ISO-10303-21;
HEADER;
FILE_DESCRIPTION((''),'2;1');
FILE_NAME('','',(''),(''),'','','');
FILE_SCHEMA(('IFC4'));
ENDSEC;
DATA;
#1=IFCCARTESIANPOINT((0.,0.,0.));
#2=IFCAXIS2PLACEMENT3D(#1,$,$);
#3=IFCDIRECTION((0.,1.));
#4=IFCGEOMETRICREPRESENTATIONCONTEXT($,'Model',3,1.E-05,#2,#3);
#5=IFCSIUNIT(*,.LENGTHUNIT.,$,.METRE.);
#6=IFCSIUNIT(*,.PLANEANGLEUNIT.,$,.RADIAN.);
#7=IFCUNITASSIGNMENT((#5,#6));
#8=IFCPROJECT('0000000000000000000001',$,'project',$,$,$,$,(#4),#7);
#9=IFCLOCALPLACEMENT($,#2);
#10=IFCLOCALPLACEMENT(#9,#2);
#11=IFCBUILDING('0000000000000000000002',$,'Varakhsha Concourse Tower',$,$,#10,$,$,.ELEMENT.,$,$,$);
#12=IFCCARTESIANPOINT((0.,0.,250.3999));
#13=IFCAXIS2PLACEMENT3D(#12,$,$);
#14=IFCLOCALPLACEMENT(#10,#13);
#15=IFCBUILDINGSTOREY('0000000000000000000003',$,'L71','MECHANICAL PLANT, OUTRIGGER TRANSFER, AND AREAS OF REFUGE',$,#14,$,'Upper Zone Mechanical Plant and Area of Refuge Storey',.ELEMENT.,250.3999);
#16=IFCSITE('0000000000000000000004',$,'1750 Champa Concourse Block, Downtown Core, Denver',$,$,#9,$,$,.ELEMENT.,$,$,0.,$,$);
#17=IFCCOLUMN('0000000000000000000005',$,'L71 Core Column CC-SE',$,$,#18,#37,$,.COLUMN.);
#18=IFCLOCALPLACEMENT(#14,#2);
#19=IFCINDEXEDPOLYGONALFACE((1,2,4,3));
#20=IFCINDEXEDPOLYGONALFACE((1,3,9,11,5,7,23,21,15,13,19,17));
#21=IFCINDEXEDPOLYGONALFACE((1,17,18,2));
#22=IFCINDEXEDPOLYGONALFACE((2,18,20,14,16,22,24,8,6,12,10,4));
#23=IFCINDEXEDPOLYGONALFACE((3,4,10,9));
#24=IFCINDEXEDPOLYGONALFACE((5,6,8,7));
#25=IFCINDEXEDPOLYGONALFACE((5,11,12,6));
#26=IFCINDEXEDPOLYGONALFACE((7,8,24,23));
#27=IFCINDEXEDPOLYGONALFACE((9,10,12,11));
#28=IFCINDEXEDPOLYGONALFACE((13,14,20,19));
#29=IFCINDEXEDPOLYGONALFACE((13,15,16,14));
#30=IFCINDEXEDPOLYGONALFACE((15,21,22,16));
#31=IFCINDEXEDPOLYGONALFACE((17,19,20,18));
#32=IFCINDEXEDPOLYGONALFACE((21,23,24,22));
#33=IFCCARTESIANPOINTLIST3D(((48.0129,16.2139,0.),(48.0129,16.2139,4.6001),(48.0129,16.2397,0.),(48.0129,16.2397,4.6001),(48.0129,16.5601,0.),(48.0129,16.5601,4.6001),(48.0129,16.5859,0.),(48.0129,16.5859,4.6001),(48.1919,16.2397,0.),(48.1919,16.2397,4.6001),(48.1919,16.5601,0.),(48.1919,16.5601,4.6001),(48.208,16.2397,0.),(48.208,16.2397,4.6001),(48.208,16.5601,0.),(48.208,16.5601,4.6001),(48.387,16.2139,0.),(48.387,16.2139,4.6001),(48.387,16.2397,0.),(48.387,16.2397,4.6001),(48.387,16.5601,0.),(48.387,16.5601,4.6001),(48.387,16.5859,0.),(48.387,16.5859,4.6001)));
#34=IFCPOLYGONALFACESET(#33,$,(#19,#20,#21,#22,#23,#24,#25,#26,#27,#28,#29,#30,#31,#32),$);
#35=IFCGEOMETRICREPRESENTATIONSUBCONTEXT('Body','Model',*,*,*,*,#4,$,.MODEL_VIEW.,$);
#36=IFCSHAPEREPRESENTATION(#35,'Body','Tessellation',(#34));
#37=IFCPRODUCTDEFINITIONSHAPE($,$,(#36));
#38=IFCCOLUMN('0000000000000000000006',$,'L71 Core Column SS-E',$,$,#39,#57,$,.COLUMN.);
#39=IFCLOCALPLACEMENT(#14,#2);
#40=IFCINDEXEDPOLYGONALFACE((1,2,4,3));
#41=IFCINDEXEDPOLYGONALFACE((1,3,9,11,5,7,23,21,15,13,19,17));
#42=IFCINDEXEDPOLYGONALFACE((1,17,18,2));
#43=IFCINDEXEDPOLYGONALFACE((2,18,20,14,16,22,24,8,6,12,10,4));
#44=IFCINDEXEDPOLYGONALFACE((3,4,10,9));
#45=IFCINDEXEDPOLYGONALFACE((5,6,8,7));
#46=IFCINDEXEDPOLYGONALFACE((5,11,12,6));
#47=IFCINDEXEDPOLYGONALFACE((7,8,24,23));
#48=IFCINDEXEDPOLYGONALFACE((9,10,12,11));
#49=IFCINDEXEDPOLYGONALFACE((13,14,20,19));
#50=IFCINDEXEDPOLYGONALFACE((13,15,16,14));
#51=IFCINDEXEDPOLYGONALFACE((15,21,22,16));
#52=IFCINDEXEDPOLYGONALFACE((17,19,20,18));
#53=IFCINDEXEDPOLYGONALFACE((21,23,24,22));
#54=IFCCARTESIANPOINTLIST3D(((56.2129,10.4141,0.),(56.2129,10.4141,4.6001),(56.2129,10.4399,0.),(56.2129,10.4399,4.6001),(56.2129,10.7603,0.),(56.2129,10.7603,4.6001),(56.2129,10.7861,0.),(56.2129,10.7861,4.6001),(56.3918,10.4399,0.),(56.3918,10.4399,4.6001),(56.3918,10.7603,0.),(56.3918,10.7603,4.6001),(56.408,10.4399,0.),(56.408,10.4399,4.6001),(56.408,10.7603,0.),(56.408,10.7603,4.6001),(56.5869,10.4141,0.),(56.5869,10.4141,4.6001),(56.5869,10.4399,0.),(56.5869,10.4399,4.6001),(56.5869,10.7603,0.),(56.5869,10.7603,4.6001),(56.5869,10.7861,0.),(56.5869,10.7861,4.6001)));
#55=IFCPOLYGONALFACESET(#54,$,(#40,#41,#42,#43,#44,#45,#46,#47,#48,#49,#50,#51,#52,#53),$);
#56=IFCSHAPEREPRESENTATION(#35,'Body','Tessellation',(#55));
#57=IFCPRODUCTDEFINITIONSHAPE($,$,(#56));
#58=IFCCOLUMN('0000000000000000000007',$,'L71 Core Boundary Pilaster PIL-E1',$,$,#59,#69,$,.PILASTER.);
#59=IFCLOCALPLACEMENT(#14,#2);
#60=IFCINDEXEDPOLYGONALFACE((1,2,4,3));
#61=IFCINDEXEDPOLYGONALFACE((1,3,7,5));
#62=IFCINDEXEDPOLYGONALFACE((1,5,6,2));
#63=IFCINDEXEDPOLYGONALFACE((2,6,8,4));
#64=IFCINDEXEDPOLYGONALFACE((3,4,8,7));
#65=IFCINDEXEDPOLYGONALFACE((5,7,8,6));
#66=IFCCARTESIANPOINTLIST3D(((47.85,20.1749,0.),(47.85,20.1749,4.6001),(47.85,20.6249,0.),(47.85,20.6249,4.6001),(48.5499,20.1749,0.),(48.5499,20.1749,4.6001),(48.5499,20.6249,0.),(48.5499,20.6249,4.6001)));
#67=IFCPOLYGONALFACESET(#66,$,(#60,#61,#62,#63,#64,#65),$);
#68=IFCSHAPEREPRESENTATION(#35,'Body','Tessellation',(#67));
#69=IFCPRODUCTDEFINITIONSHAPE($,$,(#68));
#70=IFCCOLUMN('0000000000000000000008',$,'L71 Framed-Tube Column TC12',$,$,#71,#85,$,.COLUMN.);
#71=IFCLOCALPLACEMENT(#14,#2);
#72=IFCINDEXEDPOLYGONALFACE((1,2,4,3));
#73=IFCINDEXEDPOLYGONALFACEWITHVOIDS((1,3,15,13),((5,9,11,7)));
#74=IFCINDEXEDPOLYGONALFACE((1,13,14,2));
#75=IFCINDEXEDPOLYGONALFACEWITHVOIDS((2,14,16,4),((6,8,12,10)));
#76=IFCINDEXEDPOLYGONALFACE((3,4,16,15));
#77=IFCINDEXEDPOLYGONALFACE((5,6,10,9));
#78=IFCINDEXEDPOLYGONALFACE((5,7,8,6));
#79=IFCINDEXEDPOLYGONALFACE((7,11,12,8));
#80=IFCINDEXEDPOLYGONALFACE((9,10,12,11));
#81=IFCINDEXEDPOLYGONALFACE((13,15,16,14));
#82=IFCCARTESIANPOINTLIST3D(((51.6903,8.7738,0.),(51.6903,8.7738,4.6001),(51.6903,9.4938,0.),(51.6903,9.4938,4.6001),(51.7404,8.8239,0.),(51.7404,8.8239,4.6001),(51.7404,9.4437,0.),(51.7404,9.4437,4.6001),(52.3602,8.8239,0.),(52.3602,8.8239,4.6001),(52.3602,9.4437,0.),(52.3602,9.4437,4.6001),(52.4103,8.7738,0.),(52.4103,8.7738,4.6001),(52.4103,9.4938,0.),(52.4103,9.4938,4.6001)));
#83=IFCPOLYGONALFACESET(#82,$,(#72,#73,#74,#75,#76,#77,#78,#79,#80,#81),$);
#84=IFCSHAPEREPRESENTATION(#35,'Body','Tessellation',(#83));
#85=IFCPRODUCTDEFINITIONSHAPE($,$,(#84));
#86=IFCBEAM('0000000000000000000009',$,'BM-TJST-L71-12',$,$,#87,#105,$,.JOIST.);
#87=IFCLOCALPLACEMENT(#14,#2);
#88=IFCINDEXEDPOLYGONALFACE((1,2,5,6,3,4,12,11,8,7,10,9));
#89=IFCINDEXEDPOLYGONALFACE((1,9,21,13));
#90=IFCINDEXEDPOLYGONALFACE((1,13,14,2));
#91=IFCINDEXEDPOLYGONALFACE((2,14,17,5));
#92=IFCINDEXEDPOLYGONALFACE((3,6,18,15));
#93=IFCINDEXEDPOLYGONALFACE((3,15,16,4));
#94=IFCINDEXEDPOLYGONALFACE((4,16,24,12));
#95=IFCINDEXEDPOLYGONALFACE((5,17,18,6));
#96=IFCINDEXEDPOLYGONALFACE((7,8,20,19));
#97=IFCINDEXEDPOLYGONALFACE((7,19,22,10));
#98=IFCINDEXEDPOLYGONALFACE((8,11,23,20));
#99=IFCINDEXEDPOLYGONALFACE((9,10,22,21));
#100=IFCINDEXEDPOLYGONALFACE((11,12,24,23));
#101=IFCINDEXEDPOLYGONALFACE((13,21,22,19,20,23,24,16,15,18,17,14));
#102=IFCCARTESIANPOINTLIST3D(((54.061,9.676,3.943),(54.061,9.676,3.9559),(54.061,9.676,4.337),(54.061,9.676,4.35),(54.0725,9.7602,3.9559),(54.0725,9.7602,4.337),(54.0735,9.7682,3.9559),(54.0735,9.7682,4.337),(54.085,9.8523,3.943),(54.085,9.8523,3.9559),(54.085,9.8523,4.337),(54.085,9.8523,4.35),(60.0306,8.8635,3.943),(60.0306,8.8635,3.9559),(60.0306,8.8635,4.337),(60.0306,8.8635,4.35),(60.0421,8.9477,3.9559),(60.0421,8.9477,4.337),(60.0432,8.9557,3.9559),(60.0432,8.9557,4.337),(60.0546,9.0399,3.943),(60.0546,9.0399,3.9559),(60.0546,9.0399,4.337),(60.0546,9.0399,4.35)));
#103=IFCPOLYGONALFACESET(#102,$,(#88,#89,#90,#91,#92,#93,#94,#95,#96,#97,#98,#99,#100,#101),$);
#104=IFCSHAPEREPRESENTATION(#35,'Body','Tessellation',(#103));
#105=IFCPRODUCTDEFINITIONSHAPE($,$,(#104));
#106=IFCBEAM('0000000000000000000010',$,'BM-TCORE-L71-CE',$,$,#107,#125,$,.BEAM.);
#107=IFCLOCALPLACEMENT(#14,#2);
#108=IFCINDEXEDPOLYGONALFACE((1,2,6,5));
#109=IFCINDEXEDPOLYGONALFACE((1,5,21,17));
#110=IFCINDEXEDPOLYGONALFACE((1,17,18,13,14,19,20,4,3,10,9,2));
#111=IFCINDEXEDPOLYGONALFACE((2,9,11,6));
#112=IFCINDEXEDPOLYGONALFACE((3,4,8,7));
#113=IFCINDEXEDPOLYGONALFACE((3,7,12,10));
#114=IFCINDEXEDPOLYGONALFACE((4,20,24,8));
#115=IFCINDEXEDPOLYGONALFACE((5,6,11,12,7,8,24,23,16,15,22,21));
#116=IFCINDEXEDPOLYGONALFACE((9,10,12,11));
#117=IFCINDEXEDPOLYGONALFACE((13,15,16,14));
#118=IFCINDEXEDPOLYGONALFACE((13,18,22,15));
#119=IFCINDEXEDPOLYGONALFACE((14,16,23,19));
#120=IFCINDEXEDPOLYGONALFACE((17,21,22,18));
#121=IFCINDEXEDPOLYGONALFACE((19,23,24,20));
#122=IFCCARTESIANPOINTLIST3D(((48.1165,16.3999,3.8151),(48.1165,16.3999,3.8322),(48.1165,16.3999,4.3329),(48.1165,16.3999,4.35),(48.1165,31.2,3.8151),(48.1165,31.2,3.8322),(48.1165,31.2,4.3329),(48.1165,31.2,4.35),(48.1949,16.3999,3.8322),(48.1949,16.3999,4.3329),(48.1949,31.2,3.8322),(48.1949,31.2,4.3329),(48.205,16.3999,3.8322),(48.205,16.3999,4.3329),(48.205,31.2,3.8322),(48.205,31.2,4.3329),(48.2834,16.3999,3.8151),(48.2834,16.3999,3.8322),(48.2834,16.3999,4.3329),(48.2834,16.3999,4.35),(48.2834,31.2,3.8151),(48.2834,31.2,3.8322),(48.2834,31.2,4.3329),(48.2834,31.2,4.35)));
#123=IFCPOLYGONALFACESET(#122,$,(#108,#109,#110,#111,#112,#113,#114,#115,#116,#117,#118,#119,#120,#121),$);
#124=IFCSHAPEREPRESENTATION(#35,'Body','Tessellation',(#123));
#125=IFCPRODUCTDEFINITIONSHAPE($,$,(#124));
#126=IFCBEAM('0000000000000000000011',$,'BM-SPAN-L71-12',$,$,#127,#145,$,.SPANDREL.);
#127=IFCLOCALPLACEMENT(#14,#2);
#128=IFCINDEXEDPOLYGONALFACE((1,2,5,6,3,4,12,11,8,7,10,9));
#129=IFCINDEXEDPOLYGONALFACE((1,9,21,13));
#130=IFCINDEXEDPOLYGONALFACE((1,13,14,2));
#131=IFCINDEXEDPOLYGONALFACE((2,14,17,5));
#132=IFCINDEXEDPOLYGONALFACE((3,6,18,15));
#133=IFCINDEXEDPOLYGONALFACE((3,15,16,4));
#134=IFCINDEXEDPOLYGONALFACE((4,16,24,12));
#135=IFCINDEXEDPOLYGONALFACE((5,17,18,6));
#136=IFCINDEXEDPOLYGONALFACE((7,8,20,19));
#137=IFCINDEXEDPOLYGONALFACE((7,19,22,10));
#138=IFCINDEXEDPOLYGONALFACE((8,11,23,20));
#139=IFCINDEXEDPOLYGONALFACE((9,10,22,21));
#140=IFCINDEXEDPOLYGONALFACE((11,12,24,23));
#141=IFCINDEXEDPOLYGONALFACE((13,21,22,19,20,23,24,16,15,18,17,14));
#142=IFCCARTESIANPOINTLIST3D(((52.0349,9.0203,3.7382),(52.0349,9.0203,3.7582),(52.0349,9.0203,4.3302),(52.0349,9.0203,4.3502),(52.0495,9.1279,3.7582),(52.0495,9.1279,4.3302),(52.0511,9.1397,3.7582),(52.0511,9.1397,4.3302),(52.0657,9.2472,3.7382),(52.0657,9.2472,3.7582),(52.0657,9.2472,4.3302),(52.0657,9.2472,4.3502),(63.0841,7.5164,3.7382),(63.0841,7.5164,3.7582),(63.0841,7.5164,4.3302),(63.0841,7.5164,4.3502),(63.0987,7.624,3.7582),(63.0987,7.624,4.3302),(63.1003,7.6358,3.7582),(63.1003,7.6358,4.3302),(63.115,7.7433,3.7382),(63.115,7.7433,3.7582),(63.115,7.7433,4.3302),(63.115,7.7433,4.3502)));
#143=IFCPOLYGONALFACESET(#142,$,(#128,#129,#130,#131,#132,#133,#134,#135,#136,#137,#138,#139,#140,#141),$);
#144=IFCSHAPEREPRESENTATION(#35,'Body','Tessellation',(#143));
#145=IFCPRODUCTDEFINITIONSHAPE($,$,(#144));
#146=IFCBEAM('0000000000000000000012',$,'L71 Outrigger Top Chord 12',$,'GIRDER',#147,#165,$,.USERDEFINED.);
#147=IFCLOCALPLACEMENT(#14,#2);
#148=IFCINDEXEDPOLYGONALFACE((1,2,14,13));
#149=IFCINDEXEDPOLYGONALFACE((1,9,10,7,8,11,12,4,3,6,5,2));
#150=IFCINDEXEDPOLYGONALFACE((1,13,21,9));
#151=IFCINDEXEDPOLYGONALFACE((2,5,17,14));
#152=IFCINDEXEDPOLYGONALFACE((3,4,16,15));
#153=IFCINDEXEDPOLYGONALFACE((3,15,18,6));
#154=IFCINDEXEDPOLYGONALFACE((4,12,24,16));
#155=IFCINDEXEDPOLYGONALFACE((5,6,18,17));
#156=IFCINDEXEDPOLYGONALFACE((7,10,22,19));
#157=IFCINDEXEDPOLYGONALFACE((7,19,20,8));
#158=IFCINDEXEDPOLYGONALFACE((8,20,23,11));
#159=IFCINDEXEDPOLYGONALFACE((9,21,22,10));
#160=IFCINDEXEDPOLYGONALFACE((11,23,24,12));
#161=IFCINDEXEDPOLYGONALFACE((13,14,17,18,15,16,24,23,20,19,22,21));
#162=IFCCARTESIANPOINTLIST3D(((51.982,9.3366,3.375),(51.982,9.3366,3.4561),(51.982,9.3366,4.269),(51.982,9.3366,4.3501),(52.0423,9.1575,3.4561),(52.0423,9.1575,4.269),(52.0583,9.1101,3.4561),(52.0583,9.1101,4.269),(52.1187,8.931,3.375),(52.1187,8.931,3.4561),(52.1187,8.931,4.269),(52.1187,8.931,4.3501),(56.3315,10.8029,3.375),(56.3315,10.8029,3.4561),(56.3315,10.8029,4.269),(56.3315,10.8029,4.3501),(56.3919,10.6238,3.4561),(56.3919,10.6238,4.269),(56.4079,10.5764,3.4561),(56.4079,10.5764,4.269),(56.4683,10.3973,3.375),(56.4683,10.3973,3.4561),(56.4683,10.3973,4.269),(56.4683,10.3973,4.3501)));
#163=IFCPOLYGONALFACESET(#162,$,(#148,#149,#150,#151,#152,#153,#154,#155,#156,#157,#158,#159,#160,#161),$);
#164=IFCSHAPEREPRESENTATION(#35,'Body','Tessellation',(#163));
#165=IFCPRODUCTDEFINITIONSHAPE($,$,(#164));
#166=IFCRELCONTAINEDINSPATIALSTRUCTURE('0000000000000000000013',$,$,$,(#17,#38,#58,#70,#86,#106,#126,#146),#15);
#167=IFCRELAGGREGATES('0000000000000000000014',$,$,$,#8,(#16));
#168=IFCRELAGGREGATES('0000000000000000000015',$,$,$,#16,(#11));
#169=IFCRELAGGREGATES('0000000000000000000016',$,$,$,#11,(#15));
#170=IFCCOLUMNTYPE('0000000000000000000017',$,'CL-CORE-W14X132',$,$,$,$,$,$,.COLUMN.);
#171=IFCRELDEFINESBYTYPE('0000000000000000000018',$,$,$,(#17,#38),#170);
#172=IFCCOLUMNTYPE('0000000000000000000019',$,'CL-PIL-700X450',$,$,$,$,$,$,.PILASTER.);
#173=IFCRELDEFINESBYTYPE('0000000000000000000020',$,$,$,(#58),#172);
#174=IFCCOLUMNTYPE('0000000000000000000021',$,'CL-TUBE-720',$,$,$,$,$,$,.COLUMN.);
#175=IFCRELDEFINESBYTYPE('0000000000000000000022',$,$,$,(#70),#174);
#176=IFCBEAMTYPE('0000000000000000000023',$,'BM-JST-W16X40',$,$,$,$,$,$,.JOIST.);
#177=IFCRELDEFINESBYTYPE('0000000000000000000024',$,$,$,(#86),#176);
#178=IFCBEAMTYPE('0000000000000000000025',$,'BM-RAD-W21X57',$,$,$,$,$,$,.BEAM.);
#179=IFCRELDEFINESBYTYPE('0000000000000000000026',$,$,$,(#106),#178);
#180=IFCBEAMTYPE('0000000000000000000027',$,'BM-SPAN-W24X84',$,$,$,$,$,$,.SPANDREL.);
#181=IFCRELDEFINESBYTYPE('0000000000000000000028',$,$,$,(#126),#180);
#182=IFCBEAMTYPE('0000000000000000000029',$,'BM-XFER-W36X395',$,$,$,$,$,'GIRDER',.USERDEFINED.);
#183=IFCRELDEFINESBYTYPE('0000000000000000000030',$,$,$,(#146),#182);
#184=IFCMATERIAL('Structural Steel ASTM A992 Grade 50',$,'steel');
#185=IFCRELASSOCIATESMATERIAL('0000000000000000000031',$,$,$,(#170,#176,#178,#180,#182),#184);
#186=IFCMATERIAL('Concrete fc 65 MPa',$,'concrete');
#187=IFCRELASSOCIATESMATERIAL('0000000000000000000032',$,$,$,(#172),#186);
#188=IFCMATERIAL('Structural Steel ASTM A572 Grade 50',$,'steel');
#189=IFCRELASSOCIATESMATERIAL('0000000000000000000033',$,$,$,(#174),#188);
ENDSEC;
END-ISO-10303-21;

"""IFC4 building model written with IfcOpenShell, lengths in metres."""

from ifc_helpers import new_model, si_unit, direction, frame, origin, origin_2d, place, context, subcontext, project, spatial, rectangle, hollow_rectangle, i_section, extrude, material, material_profile, profile_set, type_object, element, save


model = new_model("IFC4")

# Units and contexts
model_context = context("Model", 3, precision=1e-05, world=origin(), true_north=direction((0.0, 1.0)))
body_context = subcontext(model_context, "Body", "Model", "MODEL_VIEW")
ifc_project = project(units=[si_unit("LENGTHUNIT", "METRE"), si_unit("PLANEANGLEUNIT", "RADIAN")], contexts=[model_context])

# Site, building, storey
site_placement = place(None, origin())
site = spatial("IfcSite", under=ifc_project, at=site_placement, Name="1750 Champa Concourse Block, Downtown Core, Denver", CompositionType="ELEMENT", RefElevation=0.0)
building_placement = place(site_placement, origin())
building = spatial("IfcBuilding", under=site, at=building_placement, Name="Varakhsha Concourse Tower", CompositionType="ELEMENT")
storey_placement = place(building_placement, frame((0.0, 0.0, 250.3999)))
storey = spatial("IfcBuildingStorey", under=building, at=storey_placement, Name="L71", Description="MECHANICAL PLANT, OUTRIGGER TRANSFER, AND AREAS OF REFUGE", LongName="Upper Zone Mechanical Plant and Area of Refuge Storey", CompositionType="ELEMENT", Elevation=250.3999)

# Columns
ifc_material_1 = material(Name="Structural Steel ASTM A992 Grade 50", Category="steel")
ifc_material_profile_1 = material_profile(ifc_material_1, i_section(OverallWidth=0.374, OverallDepth=0.3721, WebThickness=0.0161, FlangeThickness=0.0259, at=origin_2d()), Name="W14X132")
ifc_profile_set_1 = profile_set([ifc_material_profile_1], Name="Structural Steel ASTM A992 Grade 50")
column_type_1 = type_object("IfcColumnType", Name="CL-CORE-W14X132", PredefinedType="COLUMN", material=ifc_profile_set_1)
for number, where, z_axis, x_axis, name in (
    (1, (48.2, 16.3999, 0.0), (0.0, 0.0, 1.0), (1.0, 0.0, 0.0), "L71 Core Column CC-SE"),
    (2, (56.3999, 10.6001, 0.0), (0.0, 0.0, 1.0), (1.0, 0.0, 0.0), "L71 Core Column SS-E"),
):
    element("IfcColumn", number, at=place(storey_placement, frame(where, z_axis=z_axis, x_axis=x_axis)), inside=storey, type_object=column_type_1, Name=name, PredefinedType="COLUMN", context=body_context, shape_type="SweptSolid", body=[
        extrude(i_section(OverallWidth=0.374, OverallDepth=0.3721, WebThickness=0.0161, FlangeThickness=0.0259, at=origin_2d()), origin(), (0.0, 0.0, 1.0), 4.6001),
    ])
ifc_material_2 = material(Name="Concrete fc 65 MPa", Category="concrete")
ifc_material_profile_2 = material_profile(ifc_material_2, rectangle(XDim=0.7, YDim=0.45, at=origin_2d()), Name="RC 700x450")
ifc_profile_set_2 = profile_set([ifc_material_profile_2], Name="Concrete fc 65 MPa")
column_type_2 = type_object("IfcColumnType", Name="CL-PIL-700X450", PredefinedType="PILASTER", material=ifc_profile_set_2)
column_1_placement = place(storey_placement, frame((48.2, 20.3999, 0.0), z_axis=(0.0, 0.0, 1.0), x_axis=(1.0, 0.0, 0.0)))
element("IfcColumn", 3, at=column_1_placement, inside=storey, type_object=column_type_2, Name="L71 Core Boundary Pilaster PIL-E1", PredefinedType="PILASTER", context=body_context, shape_type="SweptSolid", body=[
    extrude(rectangle(XDim=0.7, YDim=0.45, at=origin_2d()), origin(), (0.0, 0.0, 1.0), 4.6001),
])
ifc_material_3 = material(Name="Structural Steel ASTM A572 Grade 50", Category="steel")
ifc_material_profile_3 = material_profile(ifc_material_3, hollow_rectangle(XDim=0.72, YDim=0.72, WallThickness=0.05, at=origin_2d()), Name="BOX 720x720x50")
ifc_profile_set_3 = profile_set([ifc_material_profile_3], Name="Structural Steel ASTM A572 Grade 50")
column_type_3 = type_object("IfcColumnType", Name="CL-TUBE-720", PredefinedType="COLUMN", material=ifc_profile_set_3)
column_2_placement = place(storey_placement, frame((52.0503, 9.1338, 0.0), z_axis=(0.0, 0.0, 1.0), x_axis=(1.0, 0.0, 0.0)))
element("IfcColumn", 4, at=column_2_placement, inside=storey, type_object=column_type_3, Name="L71 Framed-Tube Column TC12", PredefinedType="COLUMN", context=body_context, shape_type="SweptSolid", body=[
    extrude(hollow_rectangle(XDim=0.72, YDim=0.72, WallThickness=0.05, at=origin_2d()), origin(), (0.0, 0.0, 1.0), 4.6001),
])

# Beams
ifc_material_profile_4 = material_profile(ifc_material_1, i_section(OverallWidth=0.178, OverallDepth=0.407, WebThickness=0.0081, FlangeThickness=0.0129, at=origin_2d()), Name="W16X40")
ifc_profile_set_4 = profile_set([ifc_material_profile_4], Name="Structural Steel ASTM A992 Grade 50")
beam_type_1 = type_object("IfcBeamType", Name="BM-JST-W16X40", PredefinedType="JOIST", material=ifc_profile_set_4)
beam_1_placement = place(storey_placement, frame((54.073, 9.7642, 4.1465), z_axis=(0.990865, -0.13486, 0.0), x_axis=(0.13486, 0.990865, 0.0)))
element("IfcBeam", 5, at=beam_1_placement, inside=storey, type_object=beam_type_1, Name="BM-TJST-L71-12", PredefinedType="JOIST", context=body_context, shape_type="SweptSolid", body=[
    extrude(i_section(OverallWidth=0.178, OverallDepth=0.407, WebThickness=0.0081, FlangeThickness=0.0129, at=origin_2d()), origin(), (0.0, 0.0, 1.0), 6.0247),
])
ifc_material_profile_5 = material_profile(ifc_material_1, i_section(OverallWidth=0.167, OverallDepth=0.5349, WebThickness=0.01, FlangeThickness=0.0171, at=origin_2d()), Name="W21X57")
ifc_profile_set_5 = profile_set([ifc_material_profile_5], Name="Structural Steel ASTM A992 Grade 50")
beam_type_2 = type_object("IfcBeamType", Name="BM-RAD-W21X57", PredefinedType="BEAM", material=ifc_profile_set_5)
beam_2_placement = place(storey_placement, frame((48.2, 16.3999, 4.0825), z_axis=(0.0, 1.0, 0.0), x_axis=(-1.0, 0.0, 0.0)))
element("IfcBeam", 6, at=beam_2_placement, inside=storey, type_object=beam_type_2, Name="BM-TCORE-L71-CE", PredefinedType="BEAM", context=body_context, shape_type="SweptSolid", body=[
    extrude(i_section(OverallWidth=0.167, OverallDepth=0.5349, WebThickness=0.01, FlangeThickness=0.0171, at=origin_2d()), origin(), (0.0, 0.0, 1.0), 14.8),
])
ifc_material_profile_6 = material_profile(ifc_material_1, i_section(OverallWidth=0.229, OverallDepth=0.6121, WebThickness=0.012, FlangeThickness=0.02, at=origin_2d()), Name="W24X84")
ifc_profile_set_6 = profile_set([ifc_material_profile_6], Name="Structural Steel ASTM A992 Grade 50")
beam_type_3 = type_object("IfcBeamType", Name="BM-SPAN-W24X84", PredefinedType="SPANDREL", material=ifc_profile_set_6)
beam_3_placement = place(storey_placement, frame((52.0503, 9.1338, 4.0442), z_axis=(0.990864, -0.134865, 0.0), x_axis=(0.134865, 0.990864, 0.0)))
element("IfcBeam", 7, at=beam_3_placement, inside=storey, type_object=beam_type_3, Name="BM-SPAN-L71-12", PredefinedType="SPANDREL", context=body_context, shape_type="SweptSolid", body=[
    extrude(i_section(OverallWidth=0.229, OverallDepth=0.6121, WebThickness=0.012, FlangeThickness=0.02, at=origin_2d()), origin(), (0.0, 0.0, 1.0), 11.1511),
])
ifc_material_profile_7 = material_profile(ifc_material_1, i_section(OverallWidth=0.428, OverallDepth=0.9751, WebThickness=0.05, FlangeThickness=0.0811, at=origin_2d()), Name="W36X395")
ifc_profile_set_7 = profile_set([ifc_material_profile_7], Name="Structural Steel ASTM A992 Grade 50")
beam_type_4 = type_object("IfcBeamType", Name="BM-XFER-W36X395", ElementType="GIRDER", PredefinedType="USERDEFINED", material=ifc_profile_set_7)
beam_4_placement = place(storey_placement, frame((56.3999, 10.6001, 3.8625), z_axis=(-0.947603, -0.319449, 0.0), x_axis=(0.319449, -0.947603, 0.0)))
element("IfcBeam", 8, at=beam_4_placement, inside=storey, type_object=beam_type_4, Name="L71 Outrigger Top Chord 12", ObjectType="GIRDER", PredefinedType="USERDEFINED", context=body_context, shape_type="SweptSolid", body=[
    extrude(i_section(OverallWidth=0.428, OverallDepth=0.9751, WebThickness=0.05, FlangeThickness=0.0811, at=origin_2d()), origin(), (0.0, 0.0, 1.0), 4.5901),
])

save(model, "model.ifc")
